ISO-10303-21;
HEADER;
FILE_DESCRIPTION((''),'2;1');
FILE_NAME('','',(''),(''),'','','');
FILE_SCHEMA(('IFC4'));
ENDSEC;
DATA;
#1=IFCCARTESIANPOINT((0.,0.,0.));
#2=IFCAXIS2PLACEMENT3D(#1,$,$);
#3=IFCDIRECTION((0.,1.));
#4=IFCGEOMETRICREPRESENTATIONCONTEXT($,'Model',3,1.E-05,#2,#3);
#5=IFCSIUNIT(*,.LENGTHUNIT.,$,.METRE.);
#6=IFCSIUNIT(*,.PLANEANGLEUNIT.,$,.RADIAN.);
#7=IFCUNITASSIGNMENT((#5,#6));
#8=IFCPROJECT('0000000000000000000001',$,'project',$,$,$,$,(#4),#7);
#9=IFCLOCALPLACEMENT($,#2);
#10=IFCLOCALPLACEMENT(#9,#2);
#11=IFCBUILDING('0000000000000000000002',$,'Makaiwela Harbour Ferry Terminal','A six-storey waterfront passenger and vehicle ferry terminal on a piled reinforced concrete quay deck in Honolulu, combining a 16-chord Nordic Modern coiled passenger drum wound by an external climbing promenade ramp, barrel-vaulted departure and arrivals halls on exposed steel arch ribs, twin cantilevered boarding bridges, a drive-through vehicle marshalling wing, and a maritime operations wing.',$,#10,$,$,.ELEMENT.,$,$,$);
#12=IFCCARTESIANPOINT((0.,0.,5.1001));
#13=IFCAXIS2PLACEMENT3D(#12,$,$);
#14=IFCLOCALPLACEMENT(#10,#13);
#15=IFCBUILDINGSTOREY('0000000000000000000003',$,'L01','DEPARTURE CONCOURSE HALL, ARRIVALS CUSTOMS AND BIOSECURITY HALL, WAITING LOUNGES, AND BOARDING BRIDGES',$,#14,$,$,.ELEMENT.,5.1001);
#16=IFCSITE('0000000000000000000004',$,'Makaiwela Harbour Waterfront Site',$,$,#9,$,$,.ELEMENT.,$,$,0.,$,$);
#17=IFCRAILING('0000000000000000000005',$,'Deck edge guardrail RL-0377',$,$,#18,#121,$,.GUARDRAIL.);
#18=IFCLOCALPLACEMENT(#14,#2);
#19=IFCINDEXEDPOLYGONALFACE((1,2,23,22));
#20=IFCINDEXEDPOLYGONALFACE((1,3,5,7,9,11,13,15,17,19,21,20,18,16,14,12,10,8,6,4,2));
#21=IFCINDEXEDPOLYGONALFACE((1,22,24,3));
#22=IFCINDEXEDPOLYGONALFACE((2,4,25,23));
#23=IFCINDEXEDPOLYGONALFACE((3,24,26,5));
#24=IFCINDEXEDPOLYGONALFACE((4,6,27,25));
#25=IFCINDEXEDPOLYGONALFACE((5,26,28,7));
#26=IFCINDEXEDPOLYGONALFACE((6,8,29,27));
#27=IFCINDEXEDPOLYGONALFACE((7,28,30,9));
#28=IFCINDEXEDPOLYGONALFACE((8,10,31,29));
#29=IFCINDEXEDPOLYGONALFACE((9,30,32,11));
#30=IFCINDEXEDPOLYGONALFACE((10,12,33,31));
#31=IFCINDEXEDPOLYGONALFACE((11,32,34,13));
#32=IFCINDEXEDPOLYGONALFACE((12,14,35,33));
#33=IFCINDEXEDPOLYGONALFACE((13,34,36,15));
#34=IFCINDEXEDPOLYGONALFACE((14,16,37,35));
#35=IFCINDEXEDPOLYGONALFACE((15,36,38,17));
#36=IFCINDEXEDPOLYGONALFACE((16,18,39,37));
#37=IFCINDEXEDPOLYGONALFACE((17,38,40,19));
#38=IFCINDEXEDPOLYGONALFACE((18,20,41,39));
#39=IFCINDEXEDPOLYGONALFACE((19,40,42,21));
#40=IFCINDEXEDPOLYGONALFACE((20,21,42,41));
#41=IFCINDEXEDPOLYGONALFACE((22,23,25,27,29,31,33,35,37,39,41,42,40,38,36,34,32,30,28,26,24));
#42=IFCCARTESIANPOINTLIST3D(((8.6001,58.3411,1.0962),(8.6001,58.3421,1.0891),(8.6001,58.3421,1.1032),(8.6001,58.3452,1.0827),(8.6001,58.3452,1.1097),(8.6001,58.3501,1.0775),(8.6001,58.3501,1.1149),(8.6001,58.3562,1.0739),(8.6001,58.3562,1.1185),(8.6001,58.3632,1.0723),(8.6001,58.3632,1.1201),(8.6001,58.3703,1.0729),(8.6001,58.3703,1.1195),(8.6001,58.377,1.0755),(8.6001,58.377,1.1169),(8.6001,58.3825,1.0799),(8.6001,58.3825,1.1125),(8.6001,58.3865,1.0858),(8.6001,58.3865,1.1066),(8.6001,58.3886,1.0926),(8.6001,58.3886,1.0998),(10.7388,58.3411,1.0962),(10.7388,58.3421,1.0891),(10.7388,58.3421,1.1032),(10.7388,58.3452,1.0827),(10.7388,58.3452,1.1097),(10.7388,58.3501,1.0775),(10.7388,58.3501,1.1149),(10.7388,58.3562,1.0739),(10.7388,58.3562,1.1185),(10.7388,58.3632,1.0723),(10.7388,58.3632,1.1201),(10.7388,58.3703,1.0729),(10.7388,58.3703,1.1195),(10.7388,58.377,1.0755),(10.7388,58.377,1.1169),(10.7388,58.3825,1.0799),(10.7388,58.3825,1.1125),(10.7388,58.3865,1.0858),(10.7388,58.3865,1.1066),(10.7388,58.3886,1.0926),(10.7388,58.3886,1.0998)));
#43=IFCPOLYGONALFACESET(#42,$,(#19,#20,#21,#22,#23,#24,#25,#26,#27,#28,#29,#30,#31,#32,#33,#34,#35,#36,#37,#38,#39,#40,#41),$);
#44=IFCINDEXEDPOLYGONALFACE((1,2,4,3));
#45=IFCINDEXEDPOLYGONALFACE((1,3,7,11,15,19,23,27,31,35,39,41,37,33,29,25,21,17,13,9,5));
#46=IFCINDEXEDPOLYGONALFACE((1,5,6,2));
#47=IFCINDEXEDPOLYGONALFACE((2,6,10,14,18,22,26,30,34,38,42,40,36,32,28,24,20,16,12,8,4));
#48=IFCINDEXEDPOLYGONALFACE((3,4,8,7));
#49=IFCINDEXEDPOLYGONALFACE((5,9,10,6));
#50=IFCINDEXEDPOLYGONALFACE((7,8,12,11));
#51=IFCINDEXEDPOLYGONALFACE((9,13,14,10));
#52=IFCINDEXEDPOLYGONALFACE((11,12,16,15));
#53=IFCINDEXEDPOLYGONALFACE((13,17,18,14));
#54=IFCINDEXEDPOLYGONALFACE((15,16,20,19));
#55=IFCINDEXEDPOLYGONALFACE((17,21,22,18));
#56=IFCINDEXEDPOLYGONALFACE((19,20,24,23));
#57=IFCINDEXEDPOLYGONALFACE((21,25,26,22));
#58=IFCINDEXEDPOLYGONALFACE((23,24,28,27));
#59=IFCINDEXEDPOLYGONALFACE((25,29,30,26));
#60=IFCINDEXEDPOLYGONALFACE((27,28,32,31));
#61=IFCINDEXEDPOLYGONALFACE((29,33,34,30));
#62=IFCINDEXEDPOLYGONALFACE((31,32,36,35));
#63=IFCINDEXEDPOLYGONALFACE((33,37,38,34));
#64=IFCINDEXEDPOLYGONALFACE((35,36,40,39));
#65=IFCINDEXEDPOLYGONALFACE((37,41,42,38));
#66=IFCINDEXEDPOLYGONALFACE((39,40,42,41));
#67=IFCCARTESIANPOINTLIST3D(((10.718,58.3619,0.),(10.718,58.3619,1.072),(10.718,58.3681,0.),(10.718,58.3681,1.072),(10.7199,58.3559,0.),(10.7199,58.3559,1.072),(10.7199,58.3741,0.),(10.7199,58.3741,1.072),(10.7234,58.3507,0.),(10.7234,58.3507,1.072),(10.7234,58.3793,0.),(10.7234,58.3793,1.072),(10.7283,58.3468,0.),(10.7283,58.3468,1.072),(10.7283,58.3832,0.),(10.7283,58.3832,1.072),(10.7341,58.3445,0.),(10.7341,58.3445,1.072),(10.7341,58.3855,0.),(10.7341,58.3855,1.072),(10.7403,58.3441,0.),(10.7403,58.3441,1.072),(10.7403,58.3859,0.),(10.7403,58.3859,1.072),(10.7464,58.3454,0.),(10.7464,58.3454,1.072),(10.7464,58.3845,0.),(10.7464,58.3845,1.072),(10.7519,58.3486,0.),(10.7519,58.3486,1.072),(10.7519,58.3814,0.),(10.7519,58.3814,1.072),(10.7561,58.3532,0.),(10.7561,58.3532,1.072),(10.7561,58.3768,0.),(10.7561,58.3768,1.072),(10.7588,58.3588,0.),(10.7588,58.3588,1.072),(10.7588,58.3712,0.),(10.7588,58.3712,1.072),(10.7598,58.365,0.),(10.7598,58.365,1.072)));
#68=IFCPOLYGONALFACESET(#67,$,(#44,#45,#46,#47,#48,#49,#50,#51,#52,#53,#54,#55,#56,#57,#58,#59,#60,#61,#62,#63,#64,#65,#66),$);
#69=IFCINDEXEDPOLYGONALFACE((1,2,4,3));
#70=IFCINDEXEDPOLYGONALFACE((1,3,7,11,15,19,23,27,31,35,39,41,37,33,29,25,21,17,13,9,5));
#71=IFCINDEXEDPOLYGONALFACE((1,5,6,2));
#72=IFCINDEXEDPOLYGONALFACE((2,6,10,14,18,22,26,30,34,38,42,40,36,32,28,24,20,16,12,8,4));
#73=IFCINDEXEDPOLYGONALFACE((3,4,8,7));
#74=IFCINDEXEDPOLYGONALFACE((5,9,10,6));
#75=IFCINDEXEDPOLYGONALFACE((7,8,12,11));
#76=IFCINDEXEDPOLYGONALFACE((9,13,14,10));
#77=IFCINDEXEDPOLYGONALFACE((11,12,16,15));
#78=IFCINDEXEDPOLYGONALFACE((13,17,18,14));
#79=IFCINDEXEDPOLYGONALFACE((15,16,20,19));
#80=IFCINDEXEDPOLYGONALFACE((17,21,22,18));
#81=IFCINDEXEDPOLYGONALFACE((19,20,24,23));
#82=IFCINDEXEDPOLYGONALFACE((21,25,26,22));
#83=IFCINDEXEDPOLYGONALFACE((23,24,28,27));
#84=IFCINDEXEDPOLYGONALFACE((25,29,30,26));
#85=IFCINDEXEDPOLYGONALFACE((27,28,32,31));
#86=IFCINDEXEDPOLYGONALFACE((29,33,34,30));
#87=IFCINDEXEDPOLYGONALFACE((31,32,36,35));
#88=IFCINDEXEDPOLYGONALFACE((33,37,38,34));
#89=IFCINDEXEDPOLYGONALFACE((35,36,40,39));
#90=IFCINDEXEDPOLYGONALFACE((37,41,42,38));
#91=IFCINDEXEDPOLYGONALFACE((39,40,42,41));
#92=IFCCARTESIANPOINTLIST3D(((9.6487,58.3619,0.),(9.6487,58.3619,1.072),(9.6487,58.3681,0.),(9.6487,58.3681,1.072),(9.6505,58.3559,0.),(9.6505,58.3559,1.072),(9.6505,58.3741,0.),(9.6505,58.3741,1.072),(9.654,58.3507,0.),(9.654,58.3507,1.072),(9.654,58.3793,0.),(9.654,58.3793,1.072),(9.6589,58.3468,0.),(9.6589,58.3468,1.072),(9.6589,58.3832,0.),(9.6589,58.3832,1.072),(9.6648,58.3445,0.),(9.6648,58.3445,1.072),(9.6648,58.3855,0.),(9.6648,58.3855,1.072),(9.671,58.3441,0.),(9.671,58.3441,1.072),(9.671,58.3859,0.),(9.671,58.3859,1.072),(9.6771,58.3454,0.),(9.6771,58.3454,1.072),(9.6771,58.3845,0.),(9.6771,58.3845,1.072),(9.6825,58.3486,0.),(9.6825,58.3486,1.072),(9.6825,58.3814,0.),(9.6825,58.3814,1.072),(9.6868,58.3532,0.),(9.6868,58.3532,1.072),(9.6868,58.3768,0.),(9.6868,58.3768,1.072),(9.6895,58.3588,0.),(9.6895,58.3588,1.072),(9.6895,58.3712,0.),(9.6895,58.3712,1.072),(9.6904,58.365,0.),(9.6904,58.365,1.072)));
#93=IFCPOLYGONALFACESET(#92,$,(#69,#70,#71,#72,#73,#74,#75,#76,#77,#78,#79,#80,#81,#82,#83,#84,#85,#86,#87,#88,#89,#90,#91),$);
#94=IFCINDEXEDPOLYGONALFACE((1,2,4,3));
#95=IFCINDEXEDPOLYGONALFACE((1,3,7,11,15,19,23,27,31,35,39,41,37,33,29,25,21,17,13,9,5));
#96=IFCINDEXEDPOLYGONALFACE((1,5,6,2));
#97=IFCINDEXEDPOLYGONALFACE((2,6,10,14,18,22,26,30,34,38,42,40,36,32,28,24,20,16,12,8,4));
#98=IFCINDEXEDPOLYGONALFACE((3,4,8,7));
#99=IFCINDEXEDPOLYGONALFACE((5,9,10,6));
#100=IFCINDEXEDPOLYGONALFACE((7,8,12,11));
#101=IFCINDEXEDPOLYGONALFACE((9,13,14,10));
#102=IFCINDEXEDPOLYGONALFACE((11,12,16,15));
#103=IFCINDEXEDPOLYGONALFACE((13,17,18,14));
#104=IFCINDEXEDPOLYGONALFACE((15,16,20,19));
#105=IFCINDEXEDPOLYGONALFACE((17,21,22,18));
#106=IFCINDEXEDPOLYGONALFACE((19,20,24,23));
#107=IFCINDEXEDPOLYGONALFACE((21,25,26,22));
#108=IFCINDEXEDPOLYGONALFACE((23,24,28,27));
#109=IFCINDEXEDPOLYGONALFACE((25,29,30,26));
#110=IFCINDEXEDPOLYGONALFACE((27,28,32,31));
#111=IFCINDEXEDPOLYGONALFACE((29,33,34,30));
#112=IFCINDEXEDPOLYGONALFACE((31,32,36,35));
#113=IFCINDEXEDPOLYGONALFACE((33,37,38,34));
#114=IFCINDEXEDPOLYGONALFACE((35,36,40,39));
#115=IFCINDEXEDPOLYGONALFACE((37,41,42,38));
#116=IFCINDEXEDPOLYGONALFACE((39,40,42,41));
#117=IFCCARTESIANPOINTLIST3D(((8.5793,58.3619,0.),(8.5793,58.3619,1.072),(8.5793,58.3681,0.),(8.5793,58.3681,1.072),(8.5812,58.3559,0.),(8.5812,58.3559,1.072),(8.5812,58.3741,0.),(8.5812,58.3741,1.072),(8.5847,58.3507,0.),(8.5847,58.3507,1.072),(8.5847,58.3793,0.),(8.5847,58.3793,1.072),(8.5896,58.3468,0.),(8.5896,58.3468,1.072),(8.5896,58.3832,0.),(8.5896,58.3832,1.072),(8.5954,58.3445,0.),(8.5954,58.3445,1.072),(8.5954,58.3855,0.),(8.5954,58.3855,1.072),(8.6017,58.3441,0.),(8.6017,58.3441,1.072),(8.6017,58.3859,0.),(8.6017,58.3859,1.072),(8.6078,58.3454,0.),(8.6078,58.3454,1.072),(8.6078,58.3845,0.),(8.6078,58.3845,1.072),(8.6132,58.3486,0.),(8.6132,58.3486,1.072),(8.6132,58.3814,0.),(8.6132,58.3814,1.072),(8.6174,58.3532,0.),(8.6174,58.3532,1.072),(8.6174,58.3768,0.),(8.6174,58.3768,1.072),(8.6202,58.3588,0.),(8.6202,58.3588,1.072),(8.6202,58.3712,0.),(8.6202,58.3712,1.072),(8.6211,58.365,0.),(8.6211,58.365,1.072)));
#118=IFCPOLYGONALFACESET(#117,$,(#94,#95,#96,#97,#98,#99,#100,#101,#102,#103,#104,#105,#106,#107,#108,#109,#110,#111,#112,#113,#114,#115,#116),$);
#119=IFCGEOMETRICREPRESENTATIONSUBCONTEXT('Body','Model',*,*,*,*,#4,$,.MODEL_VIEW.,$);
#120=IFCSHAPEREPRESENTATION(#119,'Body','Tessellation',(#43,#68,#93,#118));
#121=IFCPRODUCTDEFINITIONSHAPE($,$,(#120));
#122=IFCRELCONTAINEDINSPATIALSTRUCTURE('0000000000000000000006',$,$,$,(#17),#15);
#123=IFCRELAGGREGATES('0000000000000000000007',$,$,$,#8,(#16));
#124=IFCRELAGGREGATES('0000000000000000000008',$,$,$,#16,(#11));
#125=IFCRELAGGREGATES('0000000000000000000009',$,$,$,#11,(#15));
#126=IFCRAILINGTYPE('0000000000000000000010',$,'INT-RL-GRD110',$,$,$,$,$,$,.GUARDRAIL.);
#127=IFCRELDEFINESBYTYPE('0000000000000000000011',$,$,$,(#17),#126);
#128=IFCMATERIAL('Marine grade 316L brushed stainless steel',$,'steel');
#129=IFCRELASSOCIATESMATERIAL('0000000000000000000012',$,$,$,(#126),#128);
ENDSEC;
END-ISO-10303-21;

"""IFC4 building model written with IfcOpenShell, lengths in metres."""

from ifc_helpers import new_model, si_unit, direction, frame, origin, origin_2d, place, context, subcontext, project, spatial, circle, extrude, material, type_object, element, save


model = new_model("IFC4")

# Units and contexts
model_context = context("Model", 3, precision=1e-05, world=origin(), true_north=direction((0.0, 1.0)))
body_context = subcontext(model_context, "Body", "Model", "MODEL_VIEW")
ifc_project = project(units=[si_unit("LENGTHUNIT", "METRE"), si_unit("PLANEANGLEUNIT", "RADIAN")], contexts=[model_context])

# Site, building, storey
site_placement = place(None, origin())
site = spatial("IfcSite", under=ifc_project, at=site_placement, Name="Makaiwela Harbour Waterfront Site", CompositionType="ELEMENT", RefElevation=0.0)
building_placement = place(site_placement, origin())
building = spatial("IfcBuilding", under=site, at=building_placement, Name="Makaiwela Harbour Ferry Terminal", Description="A six-storey waterfront passenger and vehicle ferry terminal on a piled reinforced concrete quay deck in Honolulu, combining a 16-chord Nordic Modern coiled passenger drum wound by an external climbing promenade ramp, barrel-vaulted departure and arrivals halls on exposed steel arch ribs, twin cantilevered boarding bridges, a drive-through vehicle marshalling wing, and a maritime operations wing.", CompositionType="ELEMENT")
storey_placement = place(building_placement, frame((0.0, 0.0, 5.1001)))
storey = spatial("IfcBuildingStorey", under=building, at=storey_placement, Name="L01", Description="DEPARTURE CONCOURSE HALL, ARRIVALS CUSTOMS AND BIOSECURITY HALL, WAITING LOUNGES, AND BOARDING BRIDGES", CompositionType="ELEMENT", Elevation=5.1001)

# Railing
ifc_material_1 = material(Name="Marine grade 316L brushed stainless steel", Category="steel")
railing_type = type_object("IfcRailingType", Name="INT-RL-GRD110", PredefinedType="GUARDRAIL", material=ifc_material_1)
for number, where, name in (
    (1, (10.7388, 58.365, 0.0), "Deck edge guardrail RL-0377"),
):
    element("IfcRailing", number, at=place(storey_placement, frame(where)), inside=storey, type_object=railing_type, Name=name, PredefinedType="GUARDRAIL", context=body_context, shape_type="SweptSolid", body=[
        extrude(circle(Radius=0.0239, at=origin_2d()), frame((0.0, 0.0, 1.0962), z_axis=(-1.0, 0.0, 0.0), x_axis=(0.0, -1.0, 0.0)), (0.0, 0.0, 1.0), 2.1387),
        extrude(circle(Radius=0.021, at=origin_2d()), origin(), (0.0, 0.0, 1.0), 1.072),
        extrude(circle(Radius=0.021, at=origin_2d()), frame((-1.0693, 0.0, 0.0)), (0.0, 0.0, 1.0), 1.072),
        extrude(circle(Radius=0.021, at=origin_2d()), frame((-2.1387, 0.0, 0.0)), (0.0, 0.0, 1.0), 1.072),
    ])

save(model, "model.ifc")
